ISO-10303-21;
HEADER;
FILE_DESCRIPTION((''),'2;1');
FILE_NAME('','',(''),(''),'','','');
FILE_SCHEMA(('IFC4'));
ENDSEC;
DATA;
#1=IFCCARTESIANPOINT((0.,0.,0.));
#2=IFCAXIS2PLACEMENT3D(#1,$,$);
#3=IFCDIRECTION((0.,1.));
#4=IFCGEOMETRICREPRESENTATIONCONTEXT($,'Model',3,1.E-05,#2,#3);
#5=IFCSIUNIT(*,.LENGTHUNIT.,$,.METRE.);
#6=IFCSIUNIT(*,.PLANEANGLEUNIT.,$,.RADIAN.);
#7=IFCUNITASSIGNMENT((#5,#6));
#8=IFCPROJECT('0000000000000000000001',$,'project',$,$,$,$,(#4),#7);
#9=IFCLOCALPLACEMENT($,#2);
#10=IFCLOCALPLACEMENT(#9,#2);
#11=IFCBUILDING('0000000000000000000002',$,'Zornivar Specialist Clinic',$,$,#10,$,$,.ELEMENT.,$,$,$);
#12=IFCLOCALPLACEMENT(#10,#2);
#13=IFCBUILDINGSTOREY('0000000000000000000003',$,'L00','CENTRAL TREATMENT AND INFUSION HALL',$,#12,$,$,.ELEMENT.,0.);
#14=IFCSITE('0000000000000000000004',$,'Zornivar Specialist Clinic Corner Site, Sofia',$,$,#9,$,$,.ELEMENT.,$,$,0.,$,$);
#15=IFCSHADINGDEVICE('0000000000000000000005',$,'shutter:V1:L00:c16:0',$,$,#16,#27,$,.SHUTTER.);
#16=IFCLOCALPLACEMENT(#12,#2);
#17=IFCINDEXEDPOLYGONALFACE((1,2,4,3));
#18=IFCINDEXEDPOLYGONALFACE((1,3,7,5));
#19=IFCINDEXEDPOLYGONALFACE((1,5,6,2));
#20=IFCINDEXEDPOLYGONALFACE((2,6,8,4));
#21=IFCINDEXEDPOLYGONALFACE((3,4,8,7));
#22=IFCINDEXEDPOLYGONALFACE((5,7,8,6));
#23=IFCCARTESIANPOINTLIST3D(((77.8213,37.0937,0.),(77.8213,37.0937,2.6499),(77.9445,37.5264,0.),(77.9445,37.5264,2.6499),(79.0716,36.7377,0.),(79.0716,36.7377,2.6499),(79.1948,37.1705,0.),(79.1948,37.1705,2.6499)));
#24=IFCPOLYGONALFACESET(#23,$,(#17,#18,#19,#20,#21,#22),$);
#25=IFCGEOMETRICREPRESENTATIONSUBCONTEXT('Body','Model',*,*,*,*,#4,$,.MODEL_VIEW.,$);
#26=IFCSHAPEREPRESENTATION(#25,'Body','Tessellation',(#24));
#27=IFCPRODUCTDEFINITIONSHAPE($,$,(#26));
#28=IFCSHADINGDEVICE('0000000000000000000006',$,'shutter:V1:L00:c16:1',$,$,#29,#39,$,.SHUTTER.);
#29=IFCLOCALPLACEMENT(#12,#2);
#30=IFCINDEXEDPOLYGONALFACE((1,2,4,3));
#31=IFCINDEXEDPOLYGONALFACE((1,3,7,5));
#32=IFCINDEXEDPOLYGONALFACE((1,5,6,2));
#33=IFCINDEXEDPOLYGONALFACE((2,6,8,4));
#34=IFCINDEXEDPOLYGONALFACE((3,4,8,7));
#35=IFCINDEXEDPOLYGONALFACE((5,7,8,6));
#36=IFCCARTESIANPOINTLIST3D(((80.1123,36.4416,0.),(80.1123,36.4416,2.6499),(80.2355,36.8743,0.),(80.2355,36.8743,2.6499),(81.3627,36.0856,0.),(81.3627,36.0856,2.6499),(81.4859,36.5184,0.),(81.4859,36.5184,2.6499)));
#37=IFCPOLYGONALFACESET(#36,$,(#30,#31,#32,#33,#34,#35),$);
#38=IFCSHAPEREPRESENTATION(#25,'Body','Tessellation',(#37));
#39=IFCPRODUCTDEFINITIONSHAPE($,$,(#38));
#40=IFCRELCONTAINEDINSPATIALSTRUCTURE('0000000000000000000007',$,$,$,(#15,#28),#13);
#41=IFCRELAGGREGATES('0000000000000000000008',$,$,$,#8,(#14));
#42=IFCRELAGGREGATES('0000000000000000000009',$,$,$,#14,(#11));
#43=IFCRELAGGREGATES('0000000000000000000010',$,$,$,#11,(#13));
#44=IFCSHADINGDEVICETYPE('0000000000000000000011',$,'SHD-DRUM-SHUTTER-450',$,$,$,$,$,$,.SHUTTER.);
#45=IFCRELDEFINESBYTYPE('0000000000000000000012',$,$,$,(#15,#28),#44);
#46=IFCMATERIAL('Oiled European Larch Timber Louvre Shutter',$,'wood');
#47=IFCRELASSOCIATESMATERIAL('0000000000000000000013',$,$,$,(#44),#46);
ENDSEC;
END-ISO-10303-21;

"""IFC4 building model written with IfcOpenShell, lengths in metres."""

from ifc_helpers import new_model, si_unit, direction, frame, origin, origin_2d, place, context, subcontext, project, spatial, rectangle, extrude, material, type_object, element, save


model = new_model("IFC4")

# Units and contexts
model_context = context("Model", 3, precision=1e-05, world=origin(), true_north=direction((0.0, 1.0)))
body_context = subcontext(model_context, "Body", "Model", "MODEL_VIEW")
ifc_project = project(units=[si_unit("LENGTHUNIT", "METRE"), si_unit("PLANEANGLEUNIT", "RADIAN")], contexts=[model_context])

# Site, building, storey
site_placement = place(None, origin())
site = spatial("IfcSite", under=ifc_project, at=site_placement, Name="Zornivar Specialist Clinic Corner Site, Sofia", CompositionType="ELEMENT", RefElevation=0.0)
building_placement = place(site_placement, origin())
building = spatial("IfcBuilding", under=site, at=building_placement, Name="Zornivar Specialist Clinic", CompositionType="ELEMENT")
storey_placement = place(building_placement, origin())
storey = spatial("IfcBuildingStorey", under=building, at=storey_placement, Name="L00", Description="CENTRAL TREATMENT AND INFUSION HALL", CompositionType="ELEMENT", Elevation=0.0)

# Shading devices
ifc_material_1 = material(Name="Oiled European Larch Timber Louvre Shutter", Category="wood")
shading_device_type = type_object("IfcShadingDeviceType", Name="SHD-DRUM-SHUTTER-450", PredefinedType="SHUTTER", material=ifc_material_1)
for number, where, z_axis, x_axis, name in (
    (1, (78.5081, 37.1321, 0.0), (0.0, 0.0, 1.0), (0.961785, -0.273805, 0.0), "shutter:V1:L00:c16:0"),
    (2, (80.7991, 36.48, 0.0), (0.0, 0.0, 1.0), (0.961785, -0.273805, 0.0), "shutter:V1:L00:c16:1"),
):
    element("IfcShadingDevice", number, at=place(storey_placement, frame(where, z_axis=z_axis, x_axis=x_axis)), inside=storey, type_object=shading_device_type, Name=name, PredefinedType="SHUTTER", context=body_context, shape_type="SweptSolid", body=[
        extrude(rectangle(XDim=1.3, YDim=0.45, at=origin_2d()), origin(), (0.0, 0.0, 1.0), 2.6499),
    ])

save(model, "model.ifc")
